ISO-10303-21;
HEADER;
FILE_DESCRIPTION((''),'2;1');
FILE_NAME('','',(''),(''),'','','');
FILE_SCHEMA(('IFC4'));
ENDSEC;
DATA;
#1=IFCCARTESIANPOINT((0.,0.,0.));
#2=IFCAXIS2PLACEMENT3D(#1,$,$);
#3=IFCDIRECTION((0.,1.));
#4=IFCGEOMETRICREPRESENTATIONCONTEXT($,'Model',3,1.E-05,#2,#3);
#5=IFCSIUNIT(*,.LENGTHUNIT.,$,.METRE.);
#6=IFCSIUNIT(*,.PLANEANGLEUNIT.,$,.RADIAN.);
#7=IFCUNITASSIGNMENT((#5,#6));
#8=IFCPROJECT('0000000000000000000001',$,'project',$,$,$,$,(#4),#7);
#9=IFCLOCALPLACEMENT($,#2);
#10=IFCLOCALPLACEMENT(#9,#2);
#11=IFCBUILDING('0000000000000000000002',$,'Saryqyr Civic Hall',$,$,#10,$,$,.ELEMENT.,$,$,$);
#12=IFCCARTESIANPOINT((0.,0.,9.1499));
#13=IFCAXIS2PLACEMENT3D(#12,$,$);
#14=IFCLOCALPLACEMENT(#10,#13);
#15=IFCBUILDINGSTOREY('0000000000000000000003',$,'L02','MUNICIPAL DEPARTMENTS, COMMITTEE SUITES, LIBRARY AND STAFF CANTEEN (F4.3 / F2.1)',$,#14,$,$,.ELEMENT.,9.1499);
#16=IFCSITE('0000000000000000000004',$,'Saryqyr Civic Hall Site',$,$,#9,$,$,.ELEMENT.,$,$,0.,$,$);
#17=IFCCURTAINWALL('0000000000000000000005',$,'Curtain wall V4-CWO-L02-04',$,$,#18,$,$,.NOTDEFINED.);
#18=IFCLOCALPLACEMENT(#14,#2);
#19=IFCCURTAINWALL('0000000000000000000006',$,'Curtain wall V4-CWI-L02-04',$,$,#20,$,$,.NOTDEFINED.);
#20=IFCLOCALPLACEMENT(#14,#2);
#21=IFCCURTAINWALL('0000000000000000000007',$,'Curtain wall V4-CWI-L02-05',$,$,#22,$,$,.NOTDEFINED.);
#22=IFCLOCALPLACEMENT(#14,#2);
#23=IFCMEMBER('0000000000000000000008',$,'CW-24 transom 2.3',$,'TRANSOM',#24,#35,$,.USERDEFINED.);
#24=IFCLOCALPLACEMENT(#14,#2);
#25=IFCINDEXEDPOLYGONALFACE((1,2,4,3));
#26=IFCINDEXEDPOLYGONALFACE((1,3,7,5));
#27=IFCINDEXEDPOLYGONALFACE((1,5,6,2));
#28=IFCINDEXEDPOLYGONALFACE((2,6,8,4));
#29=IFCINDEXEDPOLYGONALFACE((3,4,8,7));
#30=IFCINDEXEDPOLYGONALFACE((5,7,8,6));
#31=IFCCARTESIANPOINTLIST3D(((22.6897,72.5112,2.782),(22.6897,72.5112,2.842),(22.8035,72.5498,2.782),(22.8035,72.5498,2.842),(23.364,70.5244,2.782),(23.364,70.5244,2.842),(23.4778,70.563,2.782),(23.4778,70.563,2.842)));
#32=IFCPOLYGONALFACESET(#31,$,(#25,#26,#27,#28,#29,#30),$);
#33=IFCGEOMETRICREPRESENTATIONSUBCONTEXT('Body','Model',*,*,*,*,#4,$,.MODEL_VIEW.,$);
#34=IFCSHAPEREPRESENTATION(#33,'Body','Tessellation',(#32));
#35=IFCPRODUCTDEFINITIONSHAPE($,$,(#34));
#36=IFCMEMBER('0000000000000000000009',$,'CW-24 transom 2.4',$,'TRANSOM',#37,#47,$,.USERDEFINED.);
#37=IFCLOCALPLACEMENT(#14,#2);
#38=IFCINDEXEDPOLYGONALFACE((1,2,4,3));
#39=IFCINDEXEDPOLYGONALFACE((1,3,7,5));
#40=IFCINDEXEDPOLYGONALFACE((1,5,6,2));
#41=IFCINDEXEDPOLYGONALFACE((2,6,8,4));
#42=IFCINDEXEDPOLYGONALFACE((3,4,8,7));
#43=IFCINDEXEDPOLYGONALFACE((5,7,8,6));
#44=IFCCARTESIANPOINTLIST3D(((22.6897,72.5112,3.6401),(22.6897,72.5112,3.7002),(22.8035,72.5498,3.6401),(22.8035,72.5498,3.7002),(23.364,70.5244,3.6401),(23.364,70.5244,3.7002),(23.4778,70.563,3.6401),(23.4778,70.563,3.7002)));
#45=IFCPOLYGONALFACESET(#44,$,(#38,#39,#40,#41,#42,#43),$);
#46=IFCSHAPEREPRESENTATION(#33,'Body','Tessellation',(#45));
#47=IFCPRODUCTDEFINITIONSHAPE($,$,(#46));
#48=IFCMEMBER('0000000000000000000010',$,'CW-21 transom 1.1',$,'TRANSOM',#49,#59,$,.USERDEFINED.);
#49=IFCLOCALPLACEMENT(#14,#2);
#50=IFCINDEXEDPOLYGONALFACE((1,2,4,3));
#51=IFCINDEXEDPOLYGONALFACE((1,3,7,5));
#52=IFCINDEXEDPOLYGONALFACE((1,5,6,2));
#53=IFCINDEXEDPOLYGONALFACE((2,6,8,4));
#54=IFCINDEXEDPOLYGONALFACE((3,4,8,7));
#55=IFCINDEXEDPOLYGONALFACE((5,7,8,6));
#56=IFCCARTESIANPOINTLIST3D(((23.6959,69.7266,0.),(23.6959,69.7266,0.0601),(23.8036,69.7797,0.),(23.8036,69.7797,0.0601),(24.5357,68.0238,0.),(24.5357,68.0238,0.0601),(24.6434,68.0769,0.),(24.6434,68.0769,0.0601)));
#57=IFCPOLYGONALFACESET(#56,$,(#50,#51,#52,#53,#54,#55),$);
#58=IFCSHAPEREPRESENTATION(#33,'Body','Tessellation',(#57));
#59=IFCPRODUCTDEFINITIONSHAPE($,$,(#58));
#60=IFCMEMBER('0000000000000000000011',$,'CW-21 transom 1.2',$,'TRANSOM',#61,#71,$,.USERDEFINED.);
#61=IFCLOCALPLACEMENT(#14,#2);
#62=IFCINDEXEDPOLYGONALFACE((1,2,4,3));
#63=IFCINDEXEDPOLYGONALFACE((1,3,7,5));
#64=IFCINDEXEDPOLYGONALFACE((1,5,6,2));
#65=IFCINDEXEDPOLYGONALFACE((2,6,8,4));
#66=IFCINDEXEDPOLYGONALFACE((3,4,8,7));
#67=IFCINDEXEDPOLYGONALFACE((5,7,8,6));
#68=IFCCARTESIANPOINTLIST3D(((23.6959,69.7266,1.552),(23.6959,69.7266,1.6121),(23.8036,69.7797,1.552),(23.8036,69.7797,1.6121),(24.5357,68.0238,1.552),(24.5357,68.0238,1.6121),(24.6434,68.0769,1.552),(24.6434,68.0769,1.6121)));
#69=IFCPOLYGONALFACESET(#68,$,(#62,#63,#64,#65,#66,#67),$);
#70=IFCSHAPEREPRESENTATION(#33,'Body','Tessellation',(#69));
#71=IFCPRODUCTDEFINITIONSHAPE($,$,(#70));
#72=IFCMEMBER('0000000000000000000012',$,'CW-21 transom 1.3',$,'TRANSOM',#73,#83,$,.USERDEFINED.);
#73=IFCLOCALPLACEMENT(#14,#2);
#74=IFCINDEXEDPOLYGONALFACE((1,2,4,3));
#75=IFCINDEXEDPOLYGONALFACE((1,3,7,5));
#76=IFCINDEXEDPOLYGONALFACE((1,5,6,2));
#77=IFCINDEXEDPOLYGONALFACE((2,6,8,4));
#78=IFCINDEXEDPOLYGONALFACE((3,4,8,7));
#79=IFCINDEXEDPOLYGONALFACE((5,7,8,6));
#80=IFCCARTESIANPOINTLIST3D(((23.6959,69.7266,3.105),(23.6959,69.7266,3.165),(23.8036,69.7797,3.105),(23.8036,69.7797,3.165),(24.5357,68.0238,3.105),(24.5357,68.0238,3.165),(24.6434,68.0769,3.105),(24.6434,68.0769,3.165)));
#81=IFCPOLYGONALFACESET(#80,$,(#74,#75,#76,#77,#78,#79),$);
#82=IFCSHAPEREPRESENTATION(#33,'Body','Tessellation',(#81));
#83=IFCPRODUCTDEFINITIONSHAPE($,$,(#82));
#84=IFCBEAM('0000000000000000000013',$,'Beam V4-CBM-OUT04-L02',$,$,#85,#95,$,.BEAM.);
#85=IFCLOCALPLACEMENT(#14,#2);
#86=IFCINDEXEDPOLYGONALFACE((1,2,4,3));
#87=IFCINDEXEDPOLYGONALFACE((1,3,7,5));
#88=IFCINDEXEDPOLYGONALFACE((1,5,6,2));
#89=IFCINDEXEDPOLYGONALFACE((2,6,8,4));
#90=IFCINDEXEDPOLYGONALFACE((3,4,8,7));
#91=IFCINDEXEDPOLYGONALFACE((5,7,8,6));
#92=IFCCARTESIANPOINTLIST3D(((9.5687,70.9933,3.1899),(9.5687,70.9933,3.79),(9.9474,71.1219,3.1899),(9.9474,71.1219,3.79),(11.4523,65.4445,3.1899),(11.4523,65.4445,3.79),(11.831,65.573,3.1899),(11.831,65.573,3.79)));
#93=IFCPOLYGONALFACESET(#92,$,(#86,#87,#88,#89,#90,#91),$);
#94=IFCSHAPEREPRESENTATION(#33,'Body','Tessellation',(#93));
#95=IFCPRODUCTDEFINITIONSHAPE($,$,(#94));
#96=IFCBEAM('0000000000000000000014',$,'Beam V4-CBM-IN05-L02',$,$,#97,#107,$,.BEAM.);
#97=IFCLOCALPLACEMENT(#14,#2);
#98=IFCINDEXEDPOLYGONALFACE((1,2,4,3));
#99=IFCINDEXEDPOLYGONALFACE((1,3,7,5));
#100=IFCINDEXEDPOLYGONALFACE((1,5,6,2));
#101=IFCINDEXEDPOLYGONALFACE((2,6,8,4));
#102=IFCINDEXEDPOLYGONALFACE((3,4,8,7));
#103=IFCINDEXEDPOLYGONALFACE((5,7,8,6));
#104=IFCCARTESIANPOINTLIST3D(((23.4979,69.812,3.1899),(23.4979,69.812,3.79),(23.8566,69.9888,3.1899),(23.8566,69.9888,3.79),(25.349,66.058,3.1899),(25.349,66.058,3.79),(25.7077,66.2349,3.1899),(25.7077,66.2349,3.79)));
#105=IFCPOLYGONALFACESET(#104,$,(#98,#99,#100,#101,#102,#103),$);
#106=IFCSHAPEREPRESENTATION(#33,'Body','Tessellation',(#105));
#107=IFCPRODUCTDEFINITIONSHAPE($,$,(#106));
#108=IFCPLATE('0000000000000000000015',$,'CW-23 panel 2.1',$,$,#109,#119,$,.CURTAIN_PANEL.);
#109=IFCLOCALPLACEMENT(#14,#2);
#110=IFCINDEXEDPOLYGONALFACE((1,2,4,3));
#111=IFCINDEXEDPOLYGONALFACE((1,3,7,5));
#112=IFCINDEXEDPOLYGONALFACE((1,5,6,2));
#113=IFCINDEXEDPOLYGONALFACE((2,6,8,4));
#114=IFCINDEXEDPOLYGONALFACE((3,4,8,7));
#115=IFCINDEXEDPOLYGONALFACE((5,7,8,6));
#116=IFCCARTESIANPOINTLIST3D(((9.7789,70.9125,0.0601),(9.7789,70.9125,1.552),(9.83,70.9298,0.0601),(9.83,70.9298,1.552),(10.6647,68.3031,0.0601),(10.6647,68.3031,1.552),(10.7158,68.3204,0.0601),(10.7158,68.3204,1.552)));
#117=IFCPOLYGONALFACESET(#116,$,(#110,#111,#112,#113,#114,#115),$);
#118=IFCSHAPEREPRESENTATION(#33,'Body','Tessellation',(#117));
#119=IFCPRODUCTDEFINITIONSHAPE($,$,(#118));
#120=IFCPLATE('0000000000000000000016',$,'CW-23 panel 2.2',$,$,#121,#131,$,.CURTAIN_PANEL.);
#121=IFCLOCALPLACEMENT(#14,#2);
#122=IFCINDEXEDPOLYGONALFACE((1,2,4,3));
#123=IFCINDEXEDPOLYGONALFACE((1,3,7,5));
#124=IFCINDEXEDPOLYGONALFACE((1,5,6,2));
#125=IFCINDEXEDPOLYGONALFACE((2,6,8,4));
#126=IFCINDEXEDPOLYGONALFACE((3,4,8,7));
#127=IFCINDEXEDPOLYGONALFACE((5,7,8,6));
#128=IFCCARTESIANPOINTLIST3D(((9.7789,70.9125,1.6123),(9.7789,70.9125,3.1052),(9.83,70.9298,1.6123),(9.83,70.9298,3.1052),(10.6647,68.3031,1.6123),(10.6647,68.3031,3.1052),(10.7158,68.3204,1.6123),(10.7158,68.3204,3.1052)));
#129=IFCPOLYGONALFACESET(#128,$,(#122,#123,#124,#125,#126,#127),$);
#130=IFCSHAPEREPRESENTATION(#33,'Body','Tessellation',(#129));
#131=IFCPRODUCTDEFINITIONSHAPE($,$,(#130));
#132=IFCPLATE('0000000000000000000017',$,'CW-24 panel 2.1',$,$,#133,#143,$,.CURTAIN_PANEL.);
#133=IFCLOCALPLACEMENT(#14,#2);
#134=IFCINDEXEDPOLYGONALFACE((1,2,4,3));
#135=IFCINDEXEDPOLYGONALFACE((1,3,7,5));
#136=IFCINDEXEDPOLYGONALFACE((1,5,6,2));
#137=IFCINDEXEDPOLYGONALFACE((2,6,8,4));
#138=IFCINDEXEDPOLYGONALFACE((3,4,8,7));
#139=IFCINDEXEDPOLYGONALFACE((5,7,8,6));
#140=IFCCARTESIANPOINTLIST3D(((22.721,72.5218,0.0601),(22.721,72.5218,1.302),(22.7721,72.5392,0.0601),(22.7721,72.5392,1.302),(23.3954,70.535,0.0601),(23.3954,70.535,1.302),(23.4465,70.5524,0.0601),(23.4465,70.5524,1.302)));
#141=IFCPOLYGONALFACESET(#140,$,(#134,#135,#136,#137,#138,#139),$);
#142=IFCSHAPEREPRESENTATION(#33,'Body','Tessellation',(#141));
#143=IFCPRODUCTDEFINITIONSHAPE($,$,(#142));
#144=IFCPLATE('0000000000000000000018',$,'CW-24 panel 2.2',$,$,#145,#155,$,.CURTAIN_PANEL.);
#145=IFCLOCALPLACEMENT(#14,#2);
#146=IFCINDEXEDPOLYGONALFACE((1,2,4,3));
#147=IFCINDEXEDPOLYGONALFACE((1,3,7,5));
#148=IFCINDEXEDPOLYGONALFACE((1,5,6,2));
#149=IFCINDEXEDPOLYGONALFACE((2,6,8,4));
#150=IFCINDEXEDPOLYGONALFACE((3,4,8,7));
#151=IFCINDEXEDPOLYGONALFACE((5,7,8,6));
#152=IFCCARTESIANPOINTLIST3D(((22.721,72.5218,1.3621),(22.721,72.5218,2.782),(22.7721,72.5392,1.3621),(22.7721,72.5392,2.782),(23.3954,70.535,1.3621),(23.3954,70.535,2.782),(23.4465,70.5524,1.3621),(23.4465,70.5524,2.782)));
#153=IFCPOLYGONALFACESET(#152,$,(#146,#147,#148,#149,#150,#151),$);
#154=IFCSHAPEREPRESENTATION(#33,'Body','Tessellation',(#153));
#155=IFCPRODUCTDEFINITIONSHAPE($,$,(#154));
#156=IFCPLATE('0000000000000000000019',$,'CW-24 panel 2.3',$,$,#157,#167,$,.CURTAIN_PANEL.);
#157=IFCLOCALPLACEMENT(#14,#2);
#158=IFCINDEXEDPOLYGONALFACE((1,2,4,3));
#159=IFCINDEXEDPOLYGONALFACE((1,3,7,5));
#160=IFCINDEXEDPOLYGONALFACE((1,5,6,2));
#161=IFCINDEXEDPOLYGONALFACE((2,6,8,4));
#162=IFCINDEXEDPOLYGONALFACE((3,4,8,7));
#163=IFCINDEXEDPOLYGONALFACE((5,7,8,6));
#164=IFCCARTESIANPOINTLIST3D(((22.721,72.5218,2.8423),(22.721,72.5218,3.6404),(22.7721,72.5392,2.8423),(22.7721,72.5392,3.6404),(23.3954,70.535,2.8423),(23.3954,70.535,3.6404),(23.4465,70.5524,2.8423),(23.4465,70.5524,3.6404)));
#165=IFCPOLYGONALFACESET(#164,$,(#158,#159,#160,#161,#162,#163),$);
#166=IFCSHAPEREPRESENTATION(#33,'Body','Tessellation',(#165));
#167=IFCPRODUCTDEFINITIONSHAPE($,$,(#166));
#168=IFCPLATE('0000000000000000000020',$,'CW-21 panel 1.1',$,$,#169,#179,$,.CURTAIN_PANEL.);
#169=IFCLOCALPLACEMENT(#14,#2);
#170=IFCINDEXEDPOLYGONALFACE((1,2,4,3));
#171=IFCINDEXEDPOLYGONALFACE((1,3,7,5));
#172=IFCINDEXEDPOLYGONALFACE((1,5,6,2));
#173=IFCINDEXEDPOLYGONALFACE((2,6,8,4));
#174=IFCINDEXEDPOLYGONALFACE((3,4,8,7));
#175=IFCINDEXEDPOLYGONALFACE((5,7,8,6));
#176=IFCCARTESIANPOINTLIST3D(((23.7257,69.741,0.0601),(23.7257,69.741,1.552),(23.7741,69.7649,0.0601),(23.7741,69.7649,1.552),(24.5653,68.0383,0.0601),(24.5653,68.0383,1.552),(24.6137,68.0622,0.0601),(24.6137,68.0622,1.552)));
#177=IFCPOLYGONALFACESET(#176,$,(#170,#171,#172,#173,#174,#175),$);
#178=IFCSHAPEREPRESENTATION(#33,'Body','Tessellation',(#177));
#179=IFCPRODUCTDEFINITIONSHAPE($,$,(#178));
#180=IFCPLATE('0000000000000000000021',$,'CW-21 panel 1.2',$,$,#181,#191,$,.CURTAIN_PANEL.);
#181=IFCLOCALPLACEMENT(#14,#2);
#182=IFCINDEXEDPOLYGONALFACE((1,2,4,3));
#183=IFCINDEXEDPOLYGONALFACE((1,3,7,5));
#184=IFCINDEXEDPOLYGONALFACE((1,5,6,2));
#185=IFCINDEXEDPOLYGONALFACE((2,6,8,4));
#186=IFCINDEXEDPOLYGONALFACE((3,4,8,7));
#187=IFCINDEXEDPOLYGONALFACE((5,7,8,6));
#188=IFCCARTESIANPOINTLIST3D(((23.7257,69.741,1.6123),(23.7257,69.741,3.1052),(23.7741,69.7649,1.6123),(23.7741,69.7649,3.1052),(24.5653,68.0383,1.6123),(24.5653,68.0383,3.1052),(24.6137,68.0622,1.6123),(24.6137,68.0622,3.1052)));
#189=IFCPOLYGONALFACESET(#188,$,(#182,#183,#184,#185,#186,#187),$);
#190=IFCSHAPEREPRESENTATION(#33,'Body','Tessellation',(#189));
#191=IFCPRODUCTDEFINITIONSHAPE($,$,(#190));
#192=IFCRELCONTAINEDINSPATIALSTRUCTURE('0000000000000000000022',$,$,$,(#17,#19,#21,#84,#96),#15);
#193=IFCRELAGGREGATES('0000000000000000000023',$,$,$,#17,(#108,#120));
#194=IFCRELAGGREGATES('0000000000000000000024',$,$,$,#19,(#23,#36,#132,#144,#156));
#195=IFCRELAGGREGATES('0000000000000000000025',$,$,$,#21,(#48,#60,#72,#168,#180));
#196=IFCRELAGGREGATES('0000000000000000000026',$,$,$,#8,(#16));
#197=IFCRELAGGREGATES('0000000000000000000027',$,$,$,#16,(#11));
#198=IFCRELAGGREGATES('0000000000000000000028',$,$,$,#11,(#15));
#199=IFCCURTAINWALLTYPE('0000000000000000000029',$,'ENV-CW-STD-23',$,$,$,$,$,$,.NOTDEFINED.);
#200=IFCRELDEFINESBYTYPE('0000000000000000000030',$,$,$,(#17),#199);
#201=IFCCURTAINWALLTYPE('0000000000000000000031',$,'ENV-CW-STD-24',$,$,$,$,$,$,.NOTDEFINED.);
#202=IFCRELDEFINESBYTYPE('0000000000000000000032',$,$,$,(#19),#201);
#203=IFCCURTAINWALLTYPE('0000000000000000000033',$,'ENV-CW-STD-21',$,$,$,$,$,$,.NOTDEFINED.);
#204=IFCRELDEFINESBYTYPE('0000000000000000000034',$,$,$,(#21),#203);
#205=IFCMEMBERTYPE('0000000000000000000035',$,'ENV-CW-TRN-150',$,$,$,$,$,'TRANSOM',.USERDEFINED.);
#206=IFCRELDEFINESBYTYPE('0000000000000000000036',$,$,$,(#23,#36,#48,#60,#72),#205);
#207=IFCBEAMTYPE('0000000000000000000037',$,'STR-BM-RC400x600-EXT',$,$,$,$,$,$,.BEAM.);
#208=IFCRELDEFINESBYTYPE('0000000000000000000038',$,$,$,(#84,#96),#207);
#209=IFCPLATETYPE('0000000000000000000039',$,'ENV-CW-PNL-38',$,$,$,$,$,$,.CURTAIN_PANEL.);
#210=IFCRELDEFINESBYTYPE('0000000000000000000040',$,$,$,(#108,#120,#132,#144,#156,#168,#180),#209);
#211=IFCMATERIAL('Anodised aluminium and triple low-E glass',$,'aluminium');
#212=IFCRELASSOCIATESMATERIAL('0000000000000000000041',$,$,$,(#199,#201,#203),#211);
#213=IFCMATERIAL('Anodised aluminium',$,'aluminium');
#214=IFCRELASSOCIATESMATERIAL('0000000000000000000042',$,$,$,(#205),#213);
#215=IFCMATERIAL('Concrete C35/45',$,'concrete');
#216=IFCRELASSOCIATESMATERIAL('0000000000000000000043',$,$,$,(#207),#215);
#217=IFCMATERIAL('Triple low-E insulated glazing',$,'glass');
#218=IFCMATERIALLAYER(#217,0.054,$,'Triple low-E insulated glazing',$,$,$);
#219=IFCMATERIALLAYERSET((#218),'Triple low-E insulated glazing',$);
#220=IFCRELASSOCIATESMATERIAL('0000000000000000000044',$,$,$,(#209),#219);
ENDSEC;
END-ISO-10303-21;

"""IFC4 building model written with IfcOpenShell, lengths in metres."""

from ifc_helpers import new_model, si_unit, direction, frame, origin, origin_2d, place, context, subcontext, project, spatial, rectangle, extrude, material, layer, layer_set, material_profile, profile_set, type_object, element, aggregate, save


model = new_model("IFC4")

# Units and contexts
model_context = context("Model", 3, precision=1e-05, world=origin(), true_north=direction((0.0, 1.0)))
body_context = subcontext(model_context, "Body", "Model", "MODEL_VIEW")
ifc_project = project(units=[si_unit("LENGTHUNIT", "METRE"), si_unit("PLANEANGLEUNIT", "RADIAN")], contexts=[model_context])

# Site, building, storey
site_placement = place(None, origin())
site = spatial("IfcSite", under=ifc_project, at=site_placement, Name="Saryqyr Civic Hall Site", CompositionType="ELEMENT", RefElevation=0.0)
building_placement = place(site_placement, origin())
building = spatial("IfcBuilding", under=site, at=building_placement, Name="Saryqyr Civic Hall", CompositionType="ELEMENT")
storey_placement = place(building_placement, frame((0.0, 0.0, 9.1499)))
storey = spatial("IfcBuildingStorey", under=building, at=storey_placement, Name="L02", Description="MUNICIPAL DEPARTMENTS, COMMITTEE SUITES, LIBRARY AND STAFF CANTEEN (F4.3 / F2.1)", CompositionType="ELEMENT", Elevation=9.1499)

# Curtain walls
ifc_material_1 = material(Name="Anodised aluminium and triple low-E glass", Category="aluminium")
curtain_wall_type_1 = type_object("IfcCurtainWallType", Name="ENV-CW-STD-23", PredefinedType="NOTDEFINED", material=ifc_material_1)
curtain_wall_1_placement = place(storey_placement, origin())
curtain_wall_1 = element("IfcCurtainWall", 1, at=curtain_wall_1_placement, inside=storey, type_object=curtain_wall_type_1, Name="Curtain wall V4-CWO-L02-04", PredefinedType="NOTDEFINED")
ifc_material_2 = material(Name="Anodised aluminium", Category="aluminium")
curtain_wall_type_2 = type_object("IfcCurtainWallType", Name="ENV-CW-STD-24", PredefinedType="NOTDEFINED", material=ifc_material_1)
curtain_wall_2_placement = place(storey_placement, origin())
curtain_wall_2 = element("IfcCurtainWall", 2, at=curtain_wall_2_placement, inside=storey, type_object=curtain_wall_type_2, Name="Curtain wall V4-CWI-L02-04", PredefinedType="NOTDEFINED")

# Curtain wall
curtain_wall_type_3 = type_object("IfcCurtainWallType", Name="ENV-CW-STD-21", PredefinedType="NOTDEFINED", material=ifc_material_1)
curtain_wall_3_placement = place(storey_placement, origin())
curtain_wall_3 = element("IfcCurtainWall", 3, at=curtain_wall_3_placement, inside=storey, type_object=curtain_wall_type_3, Name="Curtain wall V4-CWI-L02-05", PredefinedType="NOTDEFINED")

# Members
ifc_material_profile_1 = material_profile(ifc_material_2, rectangle(XDim=0.1201, YDim=0.0601, at=origin_2d()), Name="ALU TRANSOM 120x60")
ifc_profile_set_1 = profile_set([ifc_material_profile_1], Name="Anodised aluminium")
member_type_1 = type_object("IfcMemberType", Name="ENV-CW-TRN-150", ElementType="TRANSOM", PredefinedType="USERDEFINED", material=ifc_profile_set_1)
member_1_placement = place(storey_placement, frame((22.7466, 72.5305, 2.812), z_axis=(0.32139, -0.946947, 0.0), x_axis=(0.946947, 0.32139, 0.0)))
member_1 = element("IfcMember", 4, at=member_1_placement, type_object=member_type_1, Name="CW-24 transom 2.3", ObjectType="TRANSOM", PredefinedType="USERDEFINED", context=body_context, shape_type="SweptSolid", body=[
    extrude(rectangle(XDim=0.1201, YDim=0.0601, at=origin_2d()), origin(), (0.0, 0.0, 1.0), 2.0981),
])
member_2_placement = place(storey_placement, frame((22.7466, 72.5305, 3.6702), z_axis=(0.32139, -0.946947, 0.0), x_axis=(0.946947, 0.32139, 0.0)))
member_2 = element("IfcMember", 5, at=member_2_placement, type_object=member_type_1, Name="CW-24 transom 2.4", ObjectType="TRANSOM", PredefinedType="USERDEFINED", context=body_context, shape_type="SweptSolid", body=[
    extrude(rectangle(XDim=0.1201, YDim=0.0601, at=origin_2d()), origin(), (0.0, 0.0, 1.0), 2.0981),
])
member_3_placement = place(storey_placement, frame((23.7498, 69.7532, 0.03), z_axis=(0.442321, -0.896857, 0.0), x_axis=(0.896857, 0.442321, 0.0)))
member_3 = element("IfcMember", 6, at=member_3_placement, type_object=member_type_1, Name="CW-21 transom 1.1", ObjectType="TRANSOM", PredefinedType="USERDEFINED", context=body_context, shape_type="SweptSolid", body=[
    extrude(rectangle(XDim=0.1201, YDim=0.0601, at=origin_2d()), origin(), (0.0, 0.0, 1.0), 1.8987),
])
member_4_placement = place(storey_placement, frame((23.7498, 69.7532, 1.582), z_axis=(0.442321, -0.896857, 0.0), x_axis=(0.896857, 0.442321, 0.0)))
member_4 = element("IfcMember", 7, at=member_4_placement, type_object=member_type_1, Name="CW-21 transom 1.2", ObjectType="TRANSOM", PredefinedType="USERDEFINED", context=body_context, shape_type="SweptSolid", body=[
    extrude(rectangle(XDim=0.1201, YDim=0.0601, at=origin_2d()), origin(), (0.0, 0.0, 1.0), 1.8987),
])
member_5_placement = place(storey_placement, frame((23.7498, 69.7532, 3.135), z_axis=(0.442321, -0.896857, 0.0), x_axis=(0.896857, 0.442321, 0.0)))
member_5 = element("IfcMember", 8, at=member_5_placement, type_object=member_type_1, Name="CW-21 transom 1.3", ObjectType="TRANSOM", PredefinedType="USERDEFINED", context=body_context, shape_type="SweptSolid", body=[
    extrude(rectangle(XDim=0.1201, YDim=0.0601, at=origin_2d()), origin(), (0.0, 0.0, 1.0), 1.8987),
])

# Beams
ifc_material_3 = material(Name="Concrete C35/45", Category="concrete")
ifc_material_profile_2 = material_profile(ifc_material_3, rectangle(XDim=0.3999, YDim=0.6001, at=origin_2d()), Name="RC 400x600")
ifc_profile_set_2 = profile_set([ifc_material_profile_2], Name="Concrete C35/45")
beam_type = type_object("IfcBeamType", Name="STR-BM-RC400x600-EXT", PredefinedType="BEAM", material=ifc_profile_set_2)
beam_1_placement = place(storey_placement, frame((9.7581, 71.0576, 3.49), z_axis=(0.321435, -0.946932, 0.0), x_axis=(0.946932, 0.321435, 0.0)))
element("IfcBeam", 9, at=beam_1_placement, inside=storey, type_object=beam_type, Name="Beam V4-CBM-OUT04-L02", PredefinedType="BEAM", context=body_context, shape_type="SweptSolid", body=[
    extrude(rectangle(XDim=0.3999, YDim=0.6001, at=origin_2d()), origin(), (0.0, 0.0, 1.0), 5.8599),
])
beam_2_placement = place(storey_placement, frame((23.6772, 69.9004, 3.49), z_axis=(0.44226, -0.896887, 0.0), x_axis=(0.896887, 0.44226, 0.0)))
element("IfcBeam", 10, at=beam_2_placement, inside=storey, type_object=beam_type, Name="Beam V4-CBM-IN05-L02", PredefinedType="BEAM", context=body_context, shape_type="SweptSolid", body=[
    extrude(rectangle(XDim=0.3999, YDim=0.6001, at=origin_2d()), origin(), (0.0, 0.0, 1.0), 4.1855),
])

# Plates
ifc_material_4 = material(Name="Triple low-E insulated glazing", Category="glass")
ifc_layer_1 = layer(ifc_material_4, 0.054, Name="Triple low-E insulated glazing")
ifc_layer_set_1 = layer_set([ifc_layer_1], Name="Triple low-E insulated glazing")
plate_type = type_object("IfcPlateType", Name="ENV-CW-PNL-38", PredefinedType="CURTAIN_PANEL", material=ifc_layer_set_1)
plate_1_placement = place(storey_placement, frame((10.2473, 69.6165, 0.0601), z_axis=(0.0, 0.0, 1.0), x_axis=(-0.321447, 0.946928, 0.0)))
plate_1 = element("IfcPlate", 11, at=plate_1_placement, type_object=plate_type, Name="CW-23 panel 2.1", PredefinedType="CURTAIN_PANEL", context=body_context, shape_type="SweptSolid", body=[
    extrude(rectangle(XDim=2.7556, YDim=0.054, at=origin_2d()), origin(), (0.0, 0.0, 1.0), 1.4919),
])
plate_2_placement = place(storey_placement, frame((10.2473, 69.6165, 1.6123), z_axis=(0.0, 0.0, 1.0), x_axis=(-0.321447, 0.946928, 0.0)))
plate_2 = element("IfcPlate", 12, at=plate_2_placement, type_object=plate_type, Name="CW-23 panel 2.2", PredefinedType="CURTAIN_PANEL", context=body_context, shape_type="SweptSolid", body=[
    extrude(rectangle(XDim=2.7556, YDim=0.054, at=origin_2d()), origin(), (0.0, 0.0, 1.0), 1.4929),
])
aggregate(curtain_wall_1, [plate_1, plate_2])
plate_3_placement = place(storey_placement, frame((23.0837, 71.5371, 0.0601), z_axis=(0.0, 0.0, 1.0), x_axis=(0.321447, -0.946928, 0.0)))
plate_3 = element("IfcPlate", 13, at=plate_3_placement, type_object=plate_type, Name="CW-24 panel 2.1", PredefinedType="CURTAIN_PANEL", context=body_context, shape_type="SweptSolid", body=[
    extrude(rectangle(XDim=2.0981, YDim=0.054, at=origin_2d()), origin(), (0.0, 0.0, 1.0), 1.2419),
])
plate_4_placement = place(storey_placement, frame((23.0837, 71.5371, 1.3621), z_axis=(0.0, 0.0, 1.0), x_axis=(0.321447, -0.946928, 0.0)))
plate_4 = element("IfcPlate", 14, at=plate_4_placement, type_object=plate_type, Name="CW-24 panel 2.2", PredefinedType="CURTAIN_PANEL", context=body_context, shape_type="SweptSolid", body=[
    extrude(rectangle(XDim=2.0981, YDim=0.054, at=origin_2d()), origin(), (0.0, 0.0, 1.0), 1.4199),
])
plate_5_placement = place(storey_placement, frame((23.0837, 71.5371, 2.8423), z_axis=(0.0, 0.0, 1.0), x_axis=(0.321447, -0.946928, 0.0)))
plate_5 = element("IfcPlate", 15, at=plate_5_placement, type_object=plate_type, Name="CW-24 panel 2.3", PredefinedType="CURTAIN_PANEL", context=body_context, shape_type="SweptSolid", body=[
    extrude(rectangle(XDim=2.0981, YDim=0.054, at=origin_2d()), origin(), (0.0, 0.0, 1.0), 0.7981),
])
aggregate(curtain_wall_2, [member_1, member_2, plate_3, plate_4, plate_5])
plate_6_placement = place(storey_placement, frame((24.1697, 68.9016, 0.0601), z_axis=(0.0, 0.0, 1.0), x_axis=(0.442268, -0.896883, 0.0)))
plate_6 = element("IfcPlate", 16, at=plate_6_placement, type_object=plate_type, Name="CW-21 panel 1.1", PredefinedType="CURTAIN_PANEL", context=body_context, shape_type="SweptSolid", body=[
    extrude(rectangle(XDim=1.8984, YDim=0.054, at=origin_2d()), origin(), (0.0, 0.0, 1.0), 1.4919),
])
plate_7_placement = place(storey_placement, frame((24.1697, 68.9016, 1.6123), z_axis=(0.0, 0.0, 1.0), x_axis=(0.442268, -0.896883, 0.0)))
plate_7 = element("IfcPlate", 17, at=plate_7_placement, type_object=plate_type, Name="CW-21 panel 1.2", PredefinedType="CURTAIN_PANEL", context=body_context, shape_type="SweptSolid", body=[
    extrude(rectangle(XDim=1.8984, YDim=0.054, at=origin_2d()), origin(), (0.0, 0.0, 1.0), 1.4929),
])
aggregate(curtain_wall_3, [member_3, member_4, member_5, plate_6, plate_7])

save(model, "model.ifc")
